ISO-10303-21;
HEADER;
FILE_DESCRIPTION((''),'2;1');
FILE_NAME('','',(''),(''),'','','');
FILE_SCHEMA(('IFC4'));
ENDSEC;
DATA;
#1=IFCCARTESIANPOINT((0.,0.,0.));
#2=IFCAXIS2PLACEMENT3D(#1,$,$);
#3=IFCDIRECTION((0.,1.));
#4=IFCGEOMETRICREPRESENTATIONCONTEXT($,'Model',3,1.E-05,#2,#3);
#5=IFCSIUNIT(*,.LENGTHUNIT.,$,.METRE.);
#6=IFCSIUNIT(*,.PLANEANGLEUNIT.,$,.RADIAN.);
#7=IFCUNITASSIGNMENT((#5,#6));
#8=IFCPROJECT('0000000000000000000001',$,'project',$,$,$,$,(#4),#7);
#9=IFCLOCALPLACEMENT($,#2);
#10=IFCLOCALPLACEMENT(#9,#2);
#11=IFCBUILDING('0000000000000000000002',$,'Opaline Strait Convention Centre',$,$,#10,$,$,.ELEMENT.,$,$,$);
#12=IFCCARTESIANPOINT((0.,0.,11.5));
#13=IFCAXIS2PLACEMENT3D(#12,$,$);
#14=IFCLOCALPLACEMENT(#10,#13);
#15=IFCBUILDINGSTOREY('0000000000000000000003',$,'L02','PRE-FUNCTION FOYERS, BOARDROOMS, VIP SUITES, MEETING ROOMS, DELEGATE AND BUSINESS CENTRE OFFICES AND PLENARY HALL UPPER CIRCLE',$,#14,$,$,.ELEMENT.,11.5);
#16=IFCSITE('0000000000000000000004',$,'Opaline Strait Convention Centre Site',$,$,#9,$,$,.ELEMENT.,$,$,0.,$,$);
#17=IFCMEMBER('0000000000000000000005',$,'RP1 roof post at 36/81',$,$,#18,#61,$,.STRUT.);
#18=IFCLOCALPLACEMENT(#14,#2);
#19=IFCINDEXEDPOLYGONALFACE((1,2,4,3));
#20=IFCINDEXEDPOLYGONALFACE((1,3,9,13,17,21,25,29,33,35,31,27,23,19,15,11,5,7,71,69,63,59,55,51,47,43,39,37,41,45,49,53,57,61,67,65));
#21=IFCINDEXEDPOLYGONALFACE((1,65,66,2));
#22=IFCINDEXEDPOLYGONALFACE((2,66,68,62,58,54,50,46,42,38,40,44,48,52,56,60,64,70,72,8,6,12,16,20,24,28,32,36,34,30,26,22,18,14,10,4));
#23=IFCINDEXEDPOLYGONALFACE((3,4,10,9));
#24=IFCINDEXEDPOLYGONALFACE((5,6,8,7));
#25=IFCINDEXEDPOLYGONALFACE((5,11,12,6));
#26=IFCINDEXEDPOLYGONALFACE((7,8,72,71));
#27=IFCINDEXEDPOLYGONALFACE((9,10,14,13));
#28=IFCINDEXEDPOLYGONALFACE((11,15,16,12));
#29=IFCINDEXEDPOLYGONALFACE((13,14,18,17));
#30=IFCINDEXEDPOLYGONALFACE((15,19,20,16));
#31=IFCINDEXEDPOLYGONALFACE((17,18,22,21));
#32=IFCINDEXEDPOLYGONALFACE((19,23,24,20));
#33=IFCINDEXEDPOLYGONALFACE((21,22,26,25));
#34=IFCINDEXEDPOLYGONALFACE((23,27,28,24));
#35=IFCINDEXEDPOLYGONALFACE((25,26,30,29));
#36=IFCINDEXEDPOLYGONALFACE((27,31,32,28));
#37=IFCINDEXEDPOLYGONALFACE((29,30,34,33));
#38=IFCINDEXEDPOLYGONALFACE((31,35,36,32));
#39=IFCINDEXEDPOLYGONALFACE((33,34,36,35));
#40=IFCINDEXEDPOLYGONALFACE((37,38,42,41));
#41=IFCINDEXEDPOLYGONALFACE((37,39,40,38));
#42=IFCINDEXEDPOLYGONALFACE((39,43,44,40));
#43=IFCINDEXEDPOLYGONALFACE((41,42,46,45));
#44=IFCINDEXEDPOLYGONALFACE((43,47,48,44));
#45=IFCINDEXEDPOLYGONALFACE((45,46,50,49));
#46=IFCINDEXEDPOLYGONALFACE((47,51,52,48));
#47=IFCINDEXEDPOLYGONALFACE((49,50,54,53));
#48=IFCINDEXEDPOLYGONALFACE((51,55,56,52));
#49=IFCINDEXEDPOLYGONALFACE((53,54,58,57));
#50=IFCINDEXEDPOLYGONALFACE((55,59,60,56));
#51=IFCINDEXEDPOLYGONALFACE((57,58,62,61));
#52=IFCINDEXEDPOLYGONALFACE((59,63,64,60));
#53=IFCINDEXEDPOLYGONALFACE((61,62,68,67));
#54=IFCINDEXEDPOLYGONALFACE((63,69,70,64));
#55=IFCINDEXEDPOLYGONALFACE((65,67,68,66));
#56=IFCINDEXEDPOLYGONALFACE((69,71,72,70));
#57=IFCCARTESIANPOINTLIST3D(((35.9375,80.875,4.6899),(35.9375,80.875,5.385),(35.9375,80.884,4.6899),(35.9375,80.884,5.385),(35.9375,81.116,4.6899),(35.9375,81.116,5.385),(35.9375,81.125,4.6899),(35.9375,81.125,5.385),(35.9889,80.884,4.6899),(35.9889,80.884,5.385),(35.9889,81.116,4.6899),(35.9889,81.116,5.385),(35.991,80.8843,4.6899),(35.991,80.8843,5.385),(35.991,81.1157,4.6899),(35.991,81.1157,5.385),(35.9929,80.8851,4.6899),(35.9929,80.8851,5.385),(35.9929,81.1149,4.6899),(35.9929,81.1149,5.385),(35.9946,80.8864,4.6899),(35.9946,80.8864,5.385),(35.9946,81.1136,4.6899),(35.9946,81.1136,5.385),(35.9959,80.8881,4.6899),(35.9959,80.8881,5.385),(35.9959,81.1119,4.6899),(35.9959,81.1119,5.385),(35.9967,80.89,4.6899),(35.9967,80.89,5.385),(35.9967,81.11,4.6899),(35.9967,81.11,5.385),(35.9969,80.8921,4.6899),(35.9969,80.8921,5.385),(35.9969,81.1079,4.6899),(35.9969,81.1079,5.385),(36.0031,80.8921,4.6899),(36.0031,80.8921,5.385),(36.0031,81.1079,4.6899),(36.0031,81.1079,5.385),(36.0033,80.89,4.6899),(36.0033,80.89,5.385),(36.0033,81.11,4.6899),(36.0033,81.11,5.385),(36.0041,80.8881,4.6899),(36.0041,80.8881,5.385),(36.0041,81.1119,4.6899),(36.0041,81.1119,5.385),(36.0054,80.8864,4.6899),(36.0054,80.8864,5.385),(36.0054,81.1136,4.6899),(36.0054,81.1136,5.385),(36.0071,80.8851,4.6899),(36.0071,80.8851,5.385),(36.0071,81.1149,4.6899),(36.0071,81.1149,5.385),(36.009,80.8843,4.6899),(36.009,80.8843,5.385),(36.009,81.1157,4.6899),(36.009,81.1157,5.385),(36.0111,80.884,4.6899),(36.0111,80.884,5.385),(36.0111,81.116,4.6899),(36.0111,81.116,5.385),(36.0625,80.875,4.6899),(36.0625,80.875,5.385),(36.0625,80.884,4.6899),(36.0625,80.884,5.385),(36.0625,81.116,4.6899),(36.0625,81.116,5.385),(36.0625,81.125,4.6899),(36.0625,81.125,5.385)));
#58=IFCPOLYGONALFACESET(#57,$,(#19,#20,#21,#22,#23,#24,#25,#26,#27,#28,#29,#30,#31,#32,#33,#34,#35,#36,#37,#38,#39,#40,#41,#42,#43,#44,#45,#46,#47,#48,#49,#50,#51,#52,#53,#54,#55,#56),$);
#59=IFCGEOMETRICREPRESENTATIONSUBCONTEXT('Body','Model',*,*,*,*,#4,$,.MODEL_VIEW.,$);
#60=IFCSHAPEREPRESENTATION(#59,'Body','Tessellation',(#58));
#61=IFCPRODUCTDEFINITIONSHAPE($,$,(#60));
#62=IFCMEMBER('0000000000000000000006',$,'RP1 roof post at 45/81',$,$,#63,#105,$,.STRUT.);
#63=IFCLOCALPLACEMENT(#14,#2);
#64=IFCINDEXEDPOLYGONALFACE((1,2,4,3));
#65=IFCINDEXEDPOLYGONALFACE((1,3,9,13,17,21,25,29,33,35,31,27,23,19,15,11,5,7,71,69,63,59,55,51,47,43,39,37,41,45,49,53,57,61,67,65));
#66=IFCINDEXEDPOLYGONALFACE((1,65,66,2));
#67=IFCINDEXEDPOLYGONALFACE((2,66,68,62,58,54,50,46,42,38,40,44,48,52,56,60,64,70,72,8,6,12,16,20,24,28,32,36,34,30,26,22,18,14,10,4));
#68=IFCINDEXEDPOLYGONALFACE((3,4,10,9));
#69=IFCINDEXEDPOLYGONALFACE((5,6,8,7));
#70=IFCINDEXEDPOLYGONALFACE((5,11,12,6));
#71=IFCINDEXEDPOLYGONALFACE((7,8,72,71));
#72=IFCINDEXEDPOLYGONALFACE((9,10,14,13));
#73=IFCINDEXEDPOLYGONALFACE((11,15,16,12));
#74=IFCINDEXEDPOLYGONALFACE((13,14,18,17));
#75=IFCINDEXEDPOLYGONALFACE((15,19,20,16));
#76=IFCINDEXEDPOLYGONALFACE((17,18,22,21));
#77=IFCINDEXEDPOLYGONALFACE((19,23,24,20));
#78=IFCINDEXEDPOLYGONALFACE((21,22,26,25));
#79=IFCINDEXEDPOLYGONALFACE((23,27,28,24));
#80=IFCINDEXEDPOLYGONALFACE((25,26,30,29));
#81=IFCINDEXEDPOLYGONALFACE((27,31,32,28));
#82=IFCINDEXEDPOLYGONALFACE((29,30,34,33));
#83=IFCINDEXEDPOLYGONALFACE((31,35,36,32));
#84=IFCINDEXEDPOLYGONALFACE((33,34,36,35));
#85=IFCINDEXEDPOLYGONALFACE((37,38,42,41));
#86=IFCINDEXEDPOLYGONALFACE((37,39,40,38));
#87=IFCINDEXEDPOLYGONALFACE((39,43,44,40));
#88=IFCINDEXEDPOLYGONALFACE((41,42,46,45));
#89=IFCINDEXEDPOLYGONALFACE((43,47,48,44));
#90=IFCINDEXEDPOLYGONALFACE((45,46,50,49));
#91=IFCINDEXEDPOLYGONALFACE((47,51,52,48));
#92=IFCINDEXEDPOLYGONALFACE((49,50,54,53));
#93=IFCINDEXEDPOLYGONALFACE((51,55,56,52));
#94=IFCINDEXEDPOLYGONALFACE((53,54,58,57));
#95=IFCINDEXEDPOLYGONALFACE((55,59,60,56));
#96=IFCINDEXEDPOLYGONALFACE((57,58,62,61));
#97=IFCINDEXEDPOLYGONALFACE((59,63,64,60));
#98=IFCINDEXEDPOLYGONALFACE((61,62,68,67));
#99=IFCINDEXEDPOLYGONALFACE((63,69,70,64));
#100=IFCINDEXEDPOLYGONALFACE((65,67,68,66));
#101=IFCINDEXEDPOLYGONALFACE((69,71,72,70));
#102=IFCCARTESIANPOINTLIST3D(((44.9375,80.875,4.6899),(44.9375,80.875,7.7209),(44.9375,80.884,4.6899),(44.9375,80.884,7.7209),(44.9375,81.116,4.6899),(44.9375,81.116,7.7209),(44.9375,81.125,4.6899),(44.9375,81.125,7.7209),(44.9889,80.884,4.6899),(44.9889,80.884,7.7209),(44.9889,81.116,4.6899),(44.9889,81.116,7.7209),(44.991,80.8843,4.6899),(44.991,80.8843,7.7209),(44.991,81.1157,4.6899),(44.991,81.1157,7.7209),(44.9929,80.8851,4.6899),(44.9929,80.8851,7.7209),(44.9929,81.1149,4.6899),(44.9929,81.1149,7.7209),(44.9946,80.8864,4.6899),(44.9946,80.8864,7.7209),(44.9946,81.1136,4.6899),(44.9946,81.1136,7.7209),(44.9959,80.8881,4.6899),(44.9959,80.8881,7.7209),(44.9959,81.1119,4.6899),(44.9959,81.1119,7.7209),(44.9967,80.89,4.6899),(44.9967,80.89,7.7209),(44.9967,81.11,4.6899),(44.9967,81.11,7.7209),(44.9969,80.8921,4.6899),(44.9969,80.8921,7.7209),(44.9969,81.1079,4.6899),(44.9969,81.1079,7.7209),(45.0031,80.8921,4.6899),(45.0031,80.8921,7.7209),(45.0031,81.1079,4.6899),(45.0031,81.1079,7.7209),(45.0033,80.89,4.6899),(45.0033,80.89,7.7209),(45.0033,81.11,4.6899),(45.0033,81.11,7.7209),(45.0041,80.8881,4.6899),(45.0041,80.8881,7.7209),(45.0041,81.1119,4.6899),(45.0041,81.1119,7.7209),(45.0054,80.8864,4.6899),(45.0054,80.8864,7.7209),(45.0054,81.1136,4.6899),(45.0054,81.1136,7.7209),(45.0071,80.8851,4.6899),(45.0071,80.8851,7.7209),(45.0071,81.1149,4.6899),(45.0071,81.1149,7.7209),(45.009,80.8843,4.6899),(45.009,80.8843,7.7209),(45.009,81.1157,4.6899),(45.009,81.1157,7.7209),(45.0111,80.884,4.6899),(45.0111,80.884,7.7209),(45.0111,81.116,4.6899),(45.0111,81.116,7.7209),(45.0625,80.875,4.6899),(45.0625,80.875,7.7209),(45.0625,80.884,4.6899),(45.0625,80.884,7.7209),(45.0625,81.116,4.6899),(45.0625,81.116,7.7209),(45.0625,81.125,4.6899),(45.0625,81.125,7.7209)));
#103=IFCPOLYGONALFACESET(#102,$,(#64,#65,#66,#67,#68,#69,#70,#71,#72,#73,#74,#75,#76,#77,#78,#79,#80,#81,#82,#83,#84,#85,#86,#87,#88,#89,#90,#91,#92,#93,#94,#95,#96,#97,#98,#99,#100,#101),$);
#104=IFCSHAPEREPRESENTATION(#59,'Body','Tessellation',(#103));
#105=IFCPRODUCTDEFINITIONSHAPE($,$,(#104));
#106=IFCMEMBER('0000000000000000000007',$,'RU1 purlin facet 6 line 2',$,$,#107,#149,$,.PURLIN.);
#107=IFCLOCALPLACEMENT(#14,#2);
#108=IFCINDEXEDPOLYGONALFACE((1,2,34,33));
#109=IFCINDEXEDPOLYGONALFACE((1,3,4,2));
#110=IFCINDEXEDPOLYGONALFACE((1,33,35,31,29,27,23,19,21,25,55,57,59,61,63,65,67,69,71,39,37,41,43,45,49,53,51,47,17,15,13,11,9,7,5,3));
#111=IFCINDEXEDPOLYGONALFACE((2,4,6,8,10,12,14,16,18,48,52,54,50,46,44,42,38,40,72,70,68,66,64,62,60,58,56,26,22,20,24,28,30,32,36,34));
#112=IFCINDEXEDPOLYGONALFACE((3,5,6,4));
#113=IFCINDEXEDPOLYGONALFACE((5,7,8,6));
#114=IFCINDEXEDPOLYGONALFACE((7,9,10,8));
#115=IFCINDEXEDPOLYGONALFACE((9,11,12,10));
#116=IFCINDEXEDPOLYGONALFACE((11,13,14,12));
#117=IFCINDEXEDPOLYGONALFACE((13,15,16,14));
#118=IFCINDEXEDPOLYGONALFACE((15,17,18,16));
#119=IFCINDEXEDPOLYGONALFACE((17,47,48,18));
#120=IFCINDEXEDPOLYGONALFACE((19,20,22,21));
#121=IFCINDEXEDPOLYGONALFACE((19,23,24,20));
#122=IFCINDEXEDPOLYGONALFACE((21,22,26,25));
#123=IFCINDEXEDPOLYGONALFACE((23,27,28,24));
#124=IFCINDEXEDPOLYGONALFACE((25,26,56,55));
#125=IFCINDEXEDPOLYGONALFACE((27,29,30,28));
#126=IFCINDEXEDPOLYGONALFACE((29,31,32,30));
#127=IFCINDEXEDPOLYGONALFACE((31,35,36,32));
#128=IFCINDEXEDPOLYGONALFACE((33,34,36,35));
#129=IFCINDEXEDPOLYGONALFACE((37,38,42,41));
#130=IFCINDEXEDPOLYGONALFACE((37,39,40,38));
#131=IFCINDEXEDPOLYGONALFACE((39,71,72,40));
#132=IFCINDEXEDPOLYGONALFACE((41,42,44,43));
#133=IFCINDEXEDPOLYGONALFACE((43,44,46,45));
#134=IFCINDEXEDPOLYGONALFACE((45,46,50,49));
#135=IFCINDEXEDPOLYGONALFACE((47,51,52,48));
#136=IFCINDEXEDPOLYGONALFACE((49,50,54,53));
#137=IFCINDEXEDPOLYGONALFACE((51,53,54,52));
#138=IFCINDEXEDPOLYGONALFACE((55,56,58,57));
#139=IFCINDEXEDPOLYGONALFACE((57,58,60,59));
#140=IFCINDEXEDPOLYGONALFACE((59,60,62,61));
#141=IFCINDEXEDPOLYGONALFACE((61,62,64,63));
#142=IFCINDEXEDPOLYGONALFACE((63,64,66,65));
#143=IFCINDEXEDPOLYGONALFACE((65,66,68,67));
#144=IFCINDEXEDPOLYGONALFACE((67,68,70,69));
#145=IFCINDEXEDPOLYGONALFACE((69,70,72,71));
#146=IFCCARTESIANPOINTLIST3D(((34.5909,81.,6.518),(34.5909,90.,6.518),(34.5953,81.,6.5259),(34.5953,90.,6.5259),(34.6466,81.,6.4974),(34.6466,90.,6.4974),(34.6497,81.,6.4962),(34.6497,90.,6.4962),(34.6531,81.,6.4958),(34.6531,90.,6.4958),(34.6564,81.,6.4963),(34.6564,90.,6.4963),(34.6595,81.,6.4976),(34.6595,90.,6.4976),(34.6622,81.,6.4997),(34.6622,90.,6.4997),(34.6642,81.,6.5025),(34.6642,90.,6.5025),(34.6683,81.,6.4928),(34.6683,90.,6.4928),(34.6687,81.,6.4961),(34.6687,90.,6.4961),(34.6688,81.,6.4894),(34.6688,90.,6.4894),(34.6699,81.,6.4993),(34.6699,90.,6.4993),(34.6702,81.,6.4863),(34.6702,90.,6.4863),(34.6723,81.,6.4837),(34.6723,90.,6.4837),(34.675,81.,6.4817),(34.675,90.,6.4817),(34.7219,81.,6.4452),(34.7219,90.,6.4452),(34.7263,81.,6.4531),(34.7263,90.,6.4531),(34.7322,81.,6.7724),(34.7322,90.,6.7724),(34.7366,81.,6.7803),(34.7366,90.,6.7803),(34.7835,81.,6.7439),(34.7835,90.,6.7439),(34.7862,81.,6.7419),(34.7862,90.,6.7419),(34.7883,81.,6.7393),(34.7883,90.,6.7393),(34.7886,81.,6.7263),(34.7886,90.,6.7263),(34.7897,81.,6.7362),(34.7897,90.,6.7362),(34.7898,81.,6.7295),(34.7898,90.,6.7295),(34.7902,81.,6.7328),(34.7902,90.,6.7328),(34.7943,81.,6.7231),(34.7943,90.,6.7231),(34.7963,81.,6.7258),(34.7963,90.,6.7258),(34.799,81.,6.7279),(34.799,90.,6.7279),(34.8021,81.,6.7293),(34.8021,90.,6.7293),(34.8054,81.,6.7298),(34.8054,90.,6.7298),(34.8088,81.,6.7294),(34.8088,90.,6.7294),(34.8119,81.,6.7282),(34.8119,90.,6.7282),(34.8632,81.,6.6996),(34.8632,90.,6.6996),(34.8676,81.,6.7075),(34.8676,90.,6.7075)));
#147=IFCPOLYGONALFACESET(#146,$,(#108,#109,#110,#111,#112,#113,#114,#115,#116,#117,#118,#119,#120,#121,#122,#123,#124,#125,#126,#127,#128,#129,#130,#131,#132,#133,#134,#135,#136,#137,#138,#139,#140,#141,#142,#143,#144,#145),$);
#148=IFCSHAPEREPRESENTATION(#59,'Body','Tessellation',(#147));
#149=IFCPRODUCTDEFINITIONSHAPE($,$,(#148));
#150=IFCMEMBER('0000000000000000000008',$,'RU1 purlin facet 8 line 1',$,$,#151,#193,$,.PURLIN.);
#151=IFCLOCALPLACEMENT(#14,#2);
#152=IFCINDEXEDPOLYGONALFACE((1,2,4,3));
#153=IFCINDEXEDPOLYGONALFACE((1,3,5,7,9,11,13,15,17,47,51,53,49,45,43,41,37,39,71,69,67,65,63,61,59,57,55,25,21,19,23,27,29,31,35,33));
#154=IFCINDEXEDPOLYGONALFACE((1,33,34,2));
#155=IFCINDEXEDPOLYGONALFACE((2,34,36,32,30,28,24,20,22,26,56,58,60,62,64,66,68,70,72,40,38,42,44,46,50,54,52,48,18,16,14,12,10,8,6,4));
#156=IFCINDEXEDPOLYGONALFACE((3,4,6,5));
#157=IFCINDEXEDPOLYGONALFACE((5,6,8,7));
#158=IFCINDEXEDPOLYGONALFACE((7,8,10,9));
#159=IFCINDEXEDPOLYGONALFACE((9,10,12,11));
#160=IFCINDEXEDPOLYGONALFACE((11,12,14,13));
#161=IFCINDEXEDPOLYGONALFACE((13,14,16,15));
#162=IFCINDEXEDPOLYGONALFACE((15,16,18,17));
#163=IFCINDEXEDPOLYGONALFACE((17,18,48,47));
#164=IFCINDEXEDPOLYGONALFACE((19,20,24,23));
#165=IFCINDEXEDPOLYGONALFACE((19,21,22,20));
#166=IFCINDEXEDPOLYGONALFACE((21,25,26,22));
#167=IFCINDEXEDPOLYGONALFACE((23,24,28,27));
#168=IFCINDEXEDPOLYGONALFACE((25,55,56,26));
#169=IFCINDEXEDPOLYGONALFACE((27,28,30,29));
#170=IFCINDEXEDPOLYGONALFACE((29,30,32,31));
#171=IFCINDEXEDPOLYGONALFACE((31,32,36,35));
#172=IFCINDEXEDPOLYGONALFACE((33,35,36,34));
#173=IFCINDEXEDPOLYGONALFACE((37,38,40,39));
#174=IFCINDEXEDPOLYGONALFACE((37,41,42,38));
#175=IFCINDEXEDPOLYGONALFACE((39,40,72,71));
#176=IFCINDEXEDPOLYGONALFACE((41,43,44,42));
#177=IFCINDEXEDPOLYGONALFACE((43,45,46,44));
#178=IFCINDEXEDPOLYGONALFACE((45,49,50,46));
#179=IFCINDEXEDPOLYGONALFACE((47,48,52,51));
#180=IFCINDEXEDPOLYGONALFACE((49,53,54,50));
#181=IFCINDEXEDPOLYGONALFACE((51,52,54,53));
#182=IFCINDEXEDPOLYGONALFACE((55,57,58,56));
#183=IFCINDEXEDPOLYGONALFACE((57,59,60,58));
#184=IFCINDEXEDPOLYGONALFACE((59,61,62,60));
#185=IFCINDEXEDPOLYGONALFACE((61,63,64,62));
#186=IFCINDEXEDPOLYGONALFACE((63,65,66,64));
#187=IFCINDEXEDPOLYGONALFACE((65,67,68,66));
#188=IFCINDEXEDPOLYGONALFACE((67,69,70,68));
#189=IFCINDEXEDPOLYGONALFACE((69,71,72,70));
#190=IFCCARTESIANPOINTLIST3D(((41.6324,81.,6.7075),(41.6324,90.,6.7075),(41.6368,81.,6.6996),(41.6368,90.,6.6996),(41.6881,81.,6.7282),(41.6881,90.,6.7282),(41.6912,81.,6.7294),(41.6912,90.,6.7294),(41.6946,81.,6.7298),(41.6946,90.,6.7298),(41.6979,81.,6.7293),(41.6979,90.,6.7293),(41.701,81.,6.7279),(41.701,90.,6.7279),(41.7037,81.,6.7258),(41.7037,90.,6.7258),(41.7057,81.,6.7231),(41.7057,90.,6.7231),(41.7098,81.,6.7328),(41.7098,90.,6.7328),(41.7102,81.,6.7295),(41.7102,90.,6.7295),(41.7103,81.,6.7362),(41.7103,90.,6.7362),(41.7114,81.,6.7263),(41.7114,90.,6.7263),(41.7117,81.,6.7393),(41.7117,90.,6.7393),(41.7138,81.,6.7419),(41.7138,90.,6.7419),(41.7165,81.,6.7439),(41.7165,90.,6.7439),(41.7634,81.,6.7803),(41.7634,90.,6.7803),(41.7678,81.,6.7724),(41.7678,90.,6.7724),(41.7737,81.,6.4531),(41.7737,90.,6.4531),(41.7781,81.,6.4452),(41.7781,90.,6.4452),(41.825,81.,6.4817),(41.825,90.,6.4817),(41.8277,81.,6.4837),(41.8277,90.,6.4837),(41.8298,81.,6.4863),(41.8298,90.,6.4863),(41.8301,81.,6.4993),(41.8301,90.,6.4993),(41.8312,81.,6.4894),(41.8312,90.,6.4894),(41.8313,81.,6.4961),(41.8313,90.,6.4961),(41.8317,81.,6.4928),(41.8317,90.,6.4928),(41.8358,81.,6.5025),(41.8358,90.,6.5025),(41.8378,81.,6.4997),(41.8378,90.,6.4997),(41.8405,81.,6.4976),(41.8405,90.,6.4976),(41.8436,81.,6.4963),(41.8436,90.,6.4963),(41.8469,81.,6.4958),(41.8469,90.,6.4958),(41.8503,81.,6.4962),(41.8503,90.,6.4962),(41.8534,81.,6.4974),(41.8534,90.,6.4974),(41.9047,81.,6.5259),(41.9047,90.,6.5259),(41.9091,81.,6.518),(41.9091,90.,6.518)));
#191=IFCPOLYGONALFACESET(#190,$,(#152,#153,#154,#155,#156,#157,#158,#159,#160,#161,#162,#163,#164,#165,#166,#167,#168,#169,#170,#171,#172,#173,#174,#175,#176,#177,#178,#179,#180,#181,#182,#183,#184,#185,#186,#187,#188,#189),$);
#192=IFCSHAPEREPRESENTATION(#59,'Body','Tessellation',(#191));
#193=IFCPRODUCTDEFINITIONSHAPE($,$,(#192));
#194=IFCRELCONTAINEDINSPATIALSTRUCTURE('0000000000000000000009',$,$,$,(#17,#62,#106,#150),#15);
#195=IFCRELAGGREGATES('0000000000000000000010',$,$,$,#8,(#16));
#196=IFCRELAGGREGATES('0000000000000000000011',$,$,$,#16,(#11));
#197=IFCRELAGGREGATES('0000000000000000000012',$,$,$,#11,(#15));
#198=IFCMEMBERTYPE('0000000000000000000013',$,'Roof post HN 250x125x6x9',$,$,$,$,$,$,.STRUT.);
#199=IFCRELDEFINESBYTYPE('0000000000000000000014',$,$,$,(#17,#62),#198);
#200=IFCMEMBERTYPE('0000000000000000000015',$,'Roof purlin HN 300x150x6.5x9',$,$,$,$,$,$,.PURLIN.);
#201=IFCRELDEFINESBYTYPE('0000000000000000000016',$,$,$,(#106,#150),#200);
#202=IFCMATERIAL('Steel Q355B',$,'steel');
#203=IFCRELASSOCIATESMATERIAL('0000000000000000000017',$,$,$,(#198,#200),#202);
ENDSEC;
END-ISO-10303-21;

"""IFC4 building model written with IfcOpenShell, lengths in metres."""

from ifc_helpers import new_model, si_unit, direction, frame, origin, origin_2d, place, context, subcontext, project, spatial, i_section, extrude, material, material_profile, profile_set, type_object, element, save


model = new_model("IFC4")

# Units and contexts
model_context = context("Model", 3, precision=1e-05, world=origin(), true_north=direction((0.0, 1.0)))
body_context = subcontext(model_context, "Body", "Model", "MODEL_VIEW")
ifc_project = project(units=[si_unit("LENGTHUNIT", "METRE"), si_unit("PLANEANGLEUNIT", "RADIAN")], contexts=[model_context])

# Site, building, storey
site_placement = place(None, origin())
site = spatial("IfcSite", under=ifc_project, at=site_placement, Name="Opaline Strait Convention Centre Site", CompositionType="ELEMENT", RefElevation=0.0)
building_placement = place(site_placement, origin())
building = spatial("IfcBuilding", under=site, at=building_placement, Name="Opaline Strait Convention Centre", CompositionType="ELEMENT")
storey_placement = place(building_placement, frame((0.0, 0.0, 11.5)))
storey = spatial("IfcBuildingStorey", under=building, at=storey_placement, Name="L02", Description="PRE-FUNCTION FOYERS, BOARDROOMS, VIP SUITES, MEETING ROOMS, DELEGATE AND BUSINESS CENTRE OFFICES AND PLENARY HALL UPPER CIRCLE", CompositionType="ELEMENT", Elevation=11.5)

# Shared definitions
ifc_material_1 = material(Name="Steel Q355B", Category="steel")

# Members
ifc_material_profile_1 = material_profile(ifc_material_1, i_section(OverallWidth=0.125, OverallDepth=0.25, WebThickness=0.0061, FlangeThickness=0.009, FilletRadius=0.0081, at=origin_2d()), Name="HN 250x125x6x9")
ifc_profile_set_1 = profile_set([ifc_material_profile_1], Name="Steel Q355B")
member_type_1 = type_object("IfcMemberType", Name="Roof post HN 250x125x6x9", PredefinedType="STRUT", material=ifc_profile_set_1)
member_1_placement = place(storey_placement, frame((36.0, 81.0, 4.6899), z_axis=(0.0, 0.0, 1.0), x_axis=(1.0, 0.0, 0.0)))
element("IfcMember", 1, at=member_1_placement, inside=storey, type_object=member_type_1, Name="RP1 roof post at 36/81", PredefinedType="STRUT", context=body_context, shape_type="SweptSolid", body=[
    extrude(i_section(OverallWidth=0.125, OverallDepth=0.25, WebThickness=0.0061, FlangeThickness=0.009, FilletRadius=0.0081, at=origin_2d()), origin(), (0.0, 0.0, 1.0), 0.6951),
])
member_2_placement = place(storey_placement, frame((45.0, 81.0, 4.6899), z_axis=(0.0, 0.0, 1.0), x_axis=(1.0, 0.0, 0.0)))
element("IfcMember", 2, at=member_2_placement, inside=storey, type_object=member_type_1, Name="RP1 roof post at 45/81", PredefinedType="STRUT", context=body_context, shape_type="SweptSolid", body=[
    extrude(i_section(OverallWidth=0.125, OverallDepth=0.25, WebThickness=0.0061, FlangeThickness=0.009, FilletRadius=0.0081, at=origin_2d()), origin(), (0.0, 0.0, 1.0), 3.031),
])
ifc_material_profile_2 = material_profile(ifc_material_1, i_section(OverallWidth=0.1499, OverallDepth=0.3, WebThickness=0.0066, FlangeThickness=0.009, FilletRadius=0.0129, at=origin_2d()), Name="HN 300x150x6.5x9")
ifc_profile_set_2 = profile_set([ifc_material_profile_2], Name="Steel Q355B")
member_type_2 = type_object("IfcMemberType", Name="Roof purlin HN 300x150x6.5x9", PredefinedType="PURLIN", material=ifc_profile_set_2)
for number, where, z_axis, x_axis, name in (
    (3, (34.7292, 81.0, 6.6128), (0.0, 1.0, 0.0), (-0.874157, 0.0, 0.485643), "RU1 purlin facet 6 line 2"),
    (4, (41.7708, 81.0, 6.6128), (0.0, 1.0, 0.0), (-0.874157, 0.0, -0.485643), "RU1 purlin facet 8 line 1"),
):
    element("IfcMember", number, at=place(storey_placement, frame(where, z_axis=z_axis, x_axis=x_axis)), inside=storey, type_object=member_type_2, Name=name, PredefinedType="PURLIN", context=body_context, shape_type="SweptSolid", body=[
        extrude(i_section(OverallWidth=0.1499, OverallDepth=0.3, WebThickness=0.0066, FlangeThickness=0.009, FilletRadius=0.0129, at=origin_2d()), origin(), (0.0, 0.0, 1.0), 9.0),
    ])

save(model, "model.ifc")
